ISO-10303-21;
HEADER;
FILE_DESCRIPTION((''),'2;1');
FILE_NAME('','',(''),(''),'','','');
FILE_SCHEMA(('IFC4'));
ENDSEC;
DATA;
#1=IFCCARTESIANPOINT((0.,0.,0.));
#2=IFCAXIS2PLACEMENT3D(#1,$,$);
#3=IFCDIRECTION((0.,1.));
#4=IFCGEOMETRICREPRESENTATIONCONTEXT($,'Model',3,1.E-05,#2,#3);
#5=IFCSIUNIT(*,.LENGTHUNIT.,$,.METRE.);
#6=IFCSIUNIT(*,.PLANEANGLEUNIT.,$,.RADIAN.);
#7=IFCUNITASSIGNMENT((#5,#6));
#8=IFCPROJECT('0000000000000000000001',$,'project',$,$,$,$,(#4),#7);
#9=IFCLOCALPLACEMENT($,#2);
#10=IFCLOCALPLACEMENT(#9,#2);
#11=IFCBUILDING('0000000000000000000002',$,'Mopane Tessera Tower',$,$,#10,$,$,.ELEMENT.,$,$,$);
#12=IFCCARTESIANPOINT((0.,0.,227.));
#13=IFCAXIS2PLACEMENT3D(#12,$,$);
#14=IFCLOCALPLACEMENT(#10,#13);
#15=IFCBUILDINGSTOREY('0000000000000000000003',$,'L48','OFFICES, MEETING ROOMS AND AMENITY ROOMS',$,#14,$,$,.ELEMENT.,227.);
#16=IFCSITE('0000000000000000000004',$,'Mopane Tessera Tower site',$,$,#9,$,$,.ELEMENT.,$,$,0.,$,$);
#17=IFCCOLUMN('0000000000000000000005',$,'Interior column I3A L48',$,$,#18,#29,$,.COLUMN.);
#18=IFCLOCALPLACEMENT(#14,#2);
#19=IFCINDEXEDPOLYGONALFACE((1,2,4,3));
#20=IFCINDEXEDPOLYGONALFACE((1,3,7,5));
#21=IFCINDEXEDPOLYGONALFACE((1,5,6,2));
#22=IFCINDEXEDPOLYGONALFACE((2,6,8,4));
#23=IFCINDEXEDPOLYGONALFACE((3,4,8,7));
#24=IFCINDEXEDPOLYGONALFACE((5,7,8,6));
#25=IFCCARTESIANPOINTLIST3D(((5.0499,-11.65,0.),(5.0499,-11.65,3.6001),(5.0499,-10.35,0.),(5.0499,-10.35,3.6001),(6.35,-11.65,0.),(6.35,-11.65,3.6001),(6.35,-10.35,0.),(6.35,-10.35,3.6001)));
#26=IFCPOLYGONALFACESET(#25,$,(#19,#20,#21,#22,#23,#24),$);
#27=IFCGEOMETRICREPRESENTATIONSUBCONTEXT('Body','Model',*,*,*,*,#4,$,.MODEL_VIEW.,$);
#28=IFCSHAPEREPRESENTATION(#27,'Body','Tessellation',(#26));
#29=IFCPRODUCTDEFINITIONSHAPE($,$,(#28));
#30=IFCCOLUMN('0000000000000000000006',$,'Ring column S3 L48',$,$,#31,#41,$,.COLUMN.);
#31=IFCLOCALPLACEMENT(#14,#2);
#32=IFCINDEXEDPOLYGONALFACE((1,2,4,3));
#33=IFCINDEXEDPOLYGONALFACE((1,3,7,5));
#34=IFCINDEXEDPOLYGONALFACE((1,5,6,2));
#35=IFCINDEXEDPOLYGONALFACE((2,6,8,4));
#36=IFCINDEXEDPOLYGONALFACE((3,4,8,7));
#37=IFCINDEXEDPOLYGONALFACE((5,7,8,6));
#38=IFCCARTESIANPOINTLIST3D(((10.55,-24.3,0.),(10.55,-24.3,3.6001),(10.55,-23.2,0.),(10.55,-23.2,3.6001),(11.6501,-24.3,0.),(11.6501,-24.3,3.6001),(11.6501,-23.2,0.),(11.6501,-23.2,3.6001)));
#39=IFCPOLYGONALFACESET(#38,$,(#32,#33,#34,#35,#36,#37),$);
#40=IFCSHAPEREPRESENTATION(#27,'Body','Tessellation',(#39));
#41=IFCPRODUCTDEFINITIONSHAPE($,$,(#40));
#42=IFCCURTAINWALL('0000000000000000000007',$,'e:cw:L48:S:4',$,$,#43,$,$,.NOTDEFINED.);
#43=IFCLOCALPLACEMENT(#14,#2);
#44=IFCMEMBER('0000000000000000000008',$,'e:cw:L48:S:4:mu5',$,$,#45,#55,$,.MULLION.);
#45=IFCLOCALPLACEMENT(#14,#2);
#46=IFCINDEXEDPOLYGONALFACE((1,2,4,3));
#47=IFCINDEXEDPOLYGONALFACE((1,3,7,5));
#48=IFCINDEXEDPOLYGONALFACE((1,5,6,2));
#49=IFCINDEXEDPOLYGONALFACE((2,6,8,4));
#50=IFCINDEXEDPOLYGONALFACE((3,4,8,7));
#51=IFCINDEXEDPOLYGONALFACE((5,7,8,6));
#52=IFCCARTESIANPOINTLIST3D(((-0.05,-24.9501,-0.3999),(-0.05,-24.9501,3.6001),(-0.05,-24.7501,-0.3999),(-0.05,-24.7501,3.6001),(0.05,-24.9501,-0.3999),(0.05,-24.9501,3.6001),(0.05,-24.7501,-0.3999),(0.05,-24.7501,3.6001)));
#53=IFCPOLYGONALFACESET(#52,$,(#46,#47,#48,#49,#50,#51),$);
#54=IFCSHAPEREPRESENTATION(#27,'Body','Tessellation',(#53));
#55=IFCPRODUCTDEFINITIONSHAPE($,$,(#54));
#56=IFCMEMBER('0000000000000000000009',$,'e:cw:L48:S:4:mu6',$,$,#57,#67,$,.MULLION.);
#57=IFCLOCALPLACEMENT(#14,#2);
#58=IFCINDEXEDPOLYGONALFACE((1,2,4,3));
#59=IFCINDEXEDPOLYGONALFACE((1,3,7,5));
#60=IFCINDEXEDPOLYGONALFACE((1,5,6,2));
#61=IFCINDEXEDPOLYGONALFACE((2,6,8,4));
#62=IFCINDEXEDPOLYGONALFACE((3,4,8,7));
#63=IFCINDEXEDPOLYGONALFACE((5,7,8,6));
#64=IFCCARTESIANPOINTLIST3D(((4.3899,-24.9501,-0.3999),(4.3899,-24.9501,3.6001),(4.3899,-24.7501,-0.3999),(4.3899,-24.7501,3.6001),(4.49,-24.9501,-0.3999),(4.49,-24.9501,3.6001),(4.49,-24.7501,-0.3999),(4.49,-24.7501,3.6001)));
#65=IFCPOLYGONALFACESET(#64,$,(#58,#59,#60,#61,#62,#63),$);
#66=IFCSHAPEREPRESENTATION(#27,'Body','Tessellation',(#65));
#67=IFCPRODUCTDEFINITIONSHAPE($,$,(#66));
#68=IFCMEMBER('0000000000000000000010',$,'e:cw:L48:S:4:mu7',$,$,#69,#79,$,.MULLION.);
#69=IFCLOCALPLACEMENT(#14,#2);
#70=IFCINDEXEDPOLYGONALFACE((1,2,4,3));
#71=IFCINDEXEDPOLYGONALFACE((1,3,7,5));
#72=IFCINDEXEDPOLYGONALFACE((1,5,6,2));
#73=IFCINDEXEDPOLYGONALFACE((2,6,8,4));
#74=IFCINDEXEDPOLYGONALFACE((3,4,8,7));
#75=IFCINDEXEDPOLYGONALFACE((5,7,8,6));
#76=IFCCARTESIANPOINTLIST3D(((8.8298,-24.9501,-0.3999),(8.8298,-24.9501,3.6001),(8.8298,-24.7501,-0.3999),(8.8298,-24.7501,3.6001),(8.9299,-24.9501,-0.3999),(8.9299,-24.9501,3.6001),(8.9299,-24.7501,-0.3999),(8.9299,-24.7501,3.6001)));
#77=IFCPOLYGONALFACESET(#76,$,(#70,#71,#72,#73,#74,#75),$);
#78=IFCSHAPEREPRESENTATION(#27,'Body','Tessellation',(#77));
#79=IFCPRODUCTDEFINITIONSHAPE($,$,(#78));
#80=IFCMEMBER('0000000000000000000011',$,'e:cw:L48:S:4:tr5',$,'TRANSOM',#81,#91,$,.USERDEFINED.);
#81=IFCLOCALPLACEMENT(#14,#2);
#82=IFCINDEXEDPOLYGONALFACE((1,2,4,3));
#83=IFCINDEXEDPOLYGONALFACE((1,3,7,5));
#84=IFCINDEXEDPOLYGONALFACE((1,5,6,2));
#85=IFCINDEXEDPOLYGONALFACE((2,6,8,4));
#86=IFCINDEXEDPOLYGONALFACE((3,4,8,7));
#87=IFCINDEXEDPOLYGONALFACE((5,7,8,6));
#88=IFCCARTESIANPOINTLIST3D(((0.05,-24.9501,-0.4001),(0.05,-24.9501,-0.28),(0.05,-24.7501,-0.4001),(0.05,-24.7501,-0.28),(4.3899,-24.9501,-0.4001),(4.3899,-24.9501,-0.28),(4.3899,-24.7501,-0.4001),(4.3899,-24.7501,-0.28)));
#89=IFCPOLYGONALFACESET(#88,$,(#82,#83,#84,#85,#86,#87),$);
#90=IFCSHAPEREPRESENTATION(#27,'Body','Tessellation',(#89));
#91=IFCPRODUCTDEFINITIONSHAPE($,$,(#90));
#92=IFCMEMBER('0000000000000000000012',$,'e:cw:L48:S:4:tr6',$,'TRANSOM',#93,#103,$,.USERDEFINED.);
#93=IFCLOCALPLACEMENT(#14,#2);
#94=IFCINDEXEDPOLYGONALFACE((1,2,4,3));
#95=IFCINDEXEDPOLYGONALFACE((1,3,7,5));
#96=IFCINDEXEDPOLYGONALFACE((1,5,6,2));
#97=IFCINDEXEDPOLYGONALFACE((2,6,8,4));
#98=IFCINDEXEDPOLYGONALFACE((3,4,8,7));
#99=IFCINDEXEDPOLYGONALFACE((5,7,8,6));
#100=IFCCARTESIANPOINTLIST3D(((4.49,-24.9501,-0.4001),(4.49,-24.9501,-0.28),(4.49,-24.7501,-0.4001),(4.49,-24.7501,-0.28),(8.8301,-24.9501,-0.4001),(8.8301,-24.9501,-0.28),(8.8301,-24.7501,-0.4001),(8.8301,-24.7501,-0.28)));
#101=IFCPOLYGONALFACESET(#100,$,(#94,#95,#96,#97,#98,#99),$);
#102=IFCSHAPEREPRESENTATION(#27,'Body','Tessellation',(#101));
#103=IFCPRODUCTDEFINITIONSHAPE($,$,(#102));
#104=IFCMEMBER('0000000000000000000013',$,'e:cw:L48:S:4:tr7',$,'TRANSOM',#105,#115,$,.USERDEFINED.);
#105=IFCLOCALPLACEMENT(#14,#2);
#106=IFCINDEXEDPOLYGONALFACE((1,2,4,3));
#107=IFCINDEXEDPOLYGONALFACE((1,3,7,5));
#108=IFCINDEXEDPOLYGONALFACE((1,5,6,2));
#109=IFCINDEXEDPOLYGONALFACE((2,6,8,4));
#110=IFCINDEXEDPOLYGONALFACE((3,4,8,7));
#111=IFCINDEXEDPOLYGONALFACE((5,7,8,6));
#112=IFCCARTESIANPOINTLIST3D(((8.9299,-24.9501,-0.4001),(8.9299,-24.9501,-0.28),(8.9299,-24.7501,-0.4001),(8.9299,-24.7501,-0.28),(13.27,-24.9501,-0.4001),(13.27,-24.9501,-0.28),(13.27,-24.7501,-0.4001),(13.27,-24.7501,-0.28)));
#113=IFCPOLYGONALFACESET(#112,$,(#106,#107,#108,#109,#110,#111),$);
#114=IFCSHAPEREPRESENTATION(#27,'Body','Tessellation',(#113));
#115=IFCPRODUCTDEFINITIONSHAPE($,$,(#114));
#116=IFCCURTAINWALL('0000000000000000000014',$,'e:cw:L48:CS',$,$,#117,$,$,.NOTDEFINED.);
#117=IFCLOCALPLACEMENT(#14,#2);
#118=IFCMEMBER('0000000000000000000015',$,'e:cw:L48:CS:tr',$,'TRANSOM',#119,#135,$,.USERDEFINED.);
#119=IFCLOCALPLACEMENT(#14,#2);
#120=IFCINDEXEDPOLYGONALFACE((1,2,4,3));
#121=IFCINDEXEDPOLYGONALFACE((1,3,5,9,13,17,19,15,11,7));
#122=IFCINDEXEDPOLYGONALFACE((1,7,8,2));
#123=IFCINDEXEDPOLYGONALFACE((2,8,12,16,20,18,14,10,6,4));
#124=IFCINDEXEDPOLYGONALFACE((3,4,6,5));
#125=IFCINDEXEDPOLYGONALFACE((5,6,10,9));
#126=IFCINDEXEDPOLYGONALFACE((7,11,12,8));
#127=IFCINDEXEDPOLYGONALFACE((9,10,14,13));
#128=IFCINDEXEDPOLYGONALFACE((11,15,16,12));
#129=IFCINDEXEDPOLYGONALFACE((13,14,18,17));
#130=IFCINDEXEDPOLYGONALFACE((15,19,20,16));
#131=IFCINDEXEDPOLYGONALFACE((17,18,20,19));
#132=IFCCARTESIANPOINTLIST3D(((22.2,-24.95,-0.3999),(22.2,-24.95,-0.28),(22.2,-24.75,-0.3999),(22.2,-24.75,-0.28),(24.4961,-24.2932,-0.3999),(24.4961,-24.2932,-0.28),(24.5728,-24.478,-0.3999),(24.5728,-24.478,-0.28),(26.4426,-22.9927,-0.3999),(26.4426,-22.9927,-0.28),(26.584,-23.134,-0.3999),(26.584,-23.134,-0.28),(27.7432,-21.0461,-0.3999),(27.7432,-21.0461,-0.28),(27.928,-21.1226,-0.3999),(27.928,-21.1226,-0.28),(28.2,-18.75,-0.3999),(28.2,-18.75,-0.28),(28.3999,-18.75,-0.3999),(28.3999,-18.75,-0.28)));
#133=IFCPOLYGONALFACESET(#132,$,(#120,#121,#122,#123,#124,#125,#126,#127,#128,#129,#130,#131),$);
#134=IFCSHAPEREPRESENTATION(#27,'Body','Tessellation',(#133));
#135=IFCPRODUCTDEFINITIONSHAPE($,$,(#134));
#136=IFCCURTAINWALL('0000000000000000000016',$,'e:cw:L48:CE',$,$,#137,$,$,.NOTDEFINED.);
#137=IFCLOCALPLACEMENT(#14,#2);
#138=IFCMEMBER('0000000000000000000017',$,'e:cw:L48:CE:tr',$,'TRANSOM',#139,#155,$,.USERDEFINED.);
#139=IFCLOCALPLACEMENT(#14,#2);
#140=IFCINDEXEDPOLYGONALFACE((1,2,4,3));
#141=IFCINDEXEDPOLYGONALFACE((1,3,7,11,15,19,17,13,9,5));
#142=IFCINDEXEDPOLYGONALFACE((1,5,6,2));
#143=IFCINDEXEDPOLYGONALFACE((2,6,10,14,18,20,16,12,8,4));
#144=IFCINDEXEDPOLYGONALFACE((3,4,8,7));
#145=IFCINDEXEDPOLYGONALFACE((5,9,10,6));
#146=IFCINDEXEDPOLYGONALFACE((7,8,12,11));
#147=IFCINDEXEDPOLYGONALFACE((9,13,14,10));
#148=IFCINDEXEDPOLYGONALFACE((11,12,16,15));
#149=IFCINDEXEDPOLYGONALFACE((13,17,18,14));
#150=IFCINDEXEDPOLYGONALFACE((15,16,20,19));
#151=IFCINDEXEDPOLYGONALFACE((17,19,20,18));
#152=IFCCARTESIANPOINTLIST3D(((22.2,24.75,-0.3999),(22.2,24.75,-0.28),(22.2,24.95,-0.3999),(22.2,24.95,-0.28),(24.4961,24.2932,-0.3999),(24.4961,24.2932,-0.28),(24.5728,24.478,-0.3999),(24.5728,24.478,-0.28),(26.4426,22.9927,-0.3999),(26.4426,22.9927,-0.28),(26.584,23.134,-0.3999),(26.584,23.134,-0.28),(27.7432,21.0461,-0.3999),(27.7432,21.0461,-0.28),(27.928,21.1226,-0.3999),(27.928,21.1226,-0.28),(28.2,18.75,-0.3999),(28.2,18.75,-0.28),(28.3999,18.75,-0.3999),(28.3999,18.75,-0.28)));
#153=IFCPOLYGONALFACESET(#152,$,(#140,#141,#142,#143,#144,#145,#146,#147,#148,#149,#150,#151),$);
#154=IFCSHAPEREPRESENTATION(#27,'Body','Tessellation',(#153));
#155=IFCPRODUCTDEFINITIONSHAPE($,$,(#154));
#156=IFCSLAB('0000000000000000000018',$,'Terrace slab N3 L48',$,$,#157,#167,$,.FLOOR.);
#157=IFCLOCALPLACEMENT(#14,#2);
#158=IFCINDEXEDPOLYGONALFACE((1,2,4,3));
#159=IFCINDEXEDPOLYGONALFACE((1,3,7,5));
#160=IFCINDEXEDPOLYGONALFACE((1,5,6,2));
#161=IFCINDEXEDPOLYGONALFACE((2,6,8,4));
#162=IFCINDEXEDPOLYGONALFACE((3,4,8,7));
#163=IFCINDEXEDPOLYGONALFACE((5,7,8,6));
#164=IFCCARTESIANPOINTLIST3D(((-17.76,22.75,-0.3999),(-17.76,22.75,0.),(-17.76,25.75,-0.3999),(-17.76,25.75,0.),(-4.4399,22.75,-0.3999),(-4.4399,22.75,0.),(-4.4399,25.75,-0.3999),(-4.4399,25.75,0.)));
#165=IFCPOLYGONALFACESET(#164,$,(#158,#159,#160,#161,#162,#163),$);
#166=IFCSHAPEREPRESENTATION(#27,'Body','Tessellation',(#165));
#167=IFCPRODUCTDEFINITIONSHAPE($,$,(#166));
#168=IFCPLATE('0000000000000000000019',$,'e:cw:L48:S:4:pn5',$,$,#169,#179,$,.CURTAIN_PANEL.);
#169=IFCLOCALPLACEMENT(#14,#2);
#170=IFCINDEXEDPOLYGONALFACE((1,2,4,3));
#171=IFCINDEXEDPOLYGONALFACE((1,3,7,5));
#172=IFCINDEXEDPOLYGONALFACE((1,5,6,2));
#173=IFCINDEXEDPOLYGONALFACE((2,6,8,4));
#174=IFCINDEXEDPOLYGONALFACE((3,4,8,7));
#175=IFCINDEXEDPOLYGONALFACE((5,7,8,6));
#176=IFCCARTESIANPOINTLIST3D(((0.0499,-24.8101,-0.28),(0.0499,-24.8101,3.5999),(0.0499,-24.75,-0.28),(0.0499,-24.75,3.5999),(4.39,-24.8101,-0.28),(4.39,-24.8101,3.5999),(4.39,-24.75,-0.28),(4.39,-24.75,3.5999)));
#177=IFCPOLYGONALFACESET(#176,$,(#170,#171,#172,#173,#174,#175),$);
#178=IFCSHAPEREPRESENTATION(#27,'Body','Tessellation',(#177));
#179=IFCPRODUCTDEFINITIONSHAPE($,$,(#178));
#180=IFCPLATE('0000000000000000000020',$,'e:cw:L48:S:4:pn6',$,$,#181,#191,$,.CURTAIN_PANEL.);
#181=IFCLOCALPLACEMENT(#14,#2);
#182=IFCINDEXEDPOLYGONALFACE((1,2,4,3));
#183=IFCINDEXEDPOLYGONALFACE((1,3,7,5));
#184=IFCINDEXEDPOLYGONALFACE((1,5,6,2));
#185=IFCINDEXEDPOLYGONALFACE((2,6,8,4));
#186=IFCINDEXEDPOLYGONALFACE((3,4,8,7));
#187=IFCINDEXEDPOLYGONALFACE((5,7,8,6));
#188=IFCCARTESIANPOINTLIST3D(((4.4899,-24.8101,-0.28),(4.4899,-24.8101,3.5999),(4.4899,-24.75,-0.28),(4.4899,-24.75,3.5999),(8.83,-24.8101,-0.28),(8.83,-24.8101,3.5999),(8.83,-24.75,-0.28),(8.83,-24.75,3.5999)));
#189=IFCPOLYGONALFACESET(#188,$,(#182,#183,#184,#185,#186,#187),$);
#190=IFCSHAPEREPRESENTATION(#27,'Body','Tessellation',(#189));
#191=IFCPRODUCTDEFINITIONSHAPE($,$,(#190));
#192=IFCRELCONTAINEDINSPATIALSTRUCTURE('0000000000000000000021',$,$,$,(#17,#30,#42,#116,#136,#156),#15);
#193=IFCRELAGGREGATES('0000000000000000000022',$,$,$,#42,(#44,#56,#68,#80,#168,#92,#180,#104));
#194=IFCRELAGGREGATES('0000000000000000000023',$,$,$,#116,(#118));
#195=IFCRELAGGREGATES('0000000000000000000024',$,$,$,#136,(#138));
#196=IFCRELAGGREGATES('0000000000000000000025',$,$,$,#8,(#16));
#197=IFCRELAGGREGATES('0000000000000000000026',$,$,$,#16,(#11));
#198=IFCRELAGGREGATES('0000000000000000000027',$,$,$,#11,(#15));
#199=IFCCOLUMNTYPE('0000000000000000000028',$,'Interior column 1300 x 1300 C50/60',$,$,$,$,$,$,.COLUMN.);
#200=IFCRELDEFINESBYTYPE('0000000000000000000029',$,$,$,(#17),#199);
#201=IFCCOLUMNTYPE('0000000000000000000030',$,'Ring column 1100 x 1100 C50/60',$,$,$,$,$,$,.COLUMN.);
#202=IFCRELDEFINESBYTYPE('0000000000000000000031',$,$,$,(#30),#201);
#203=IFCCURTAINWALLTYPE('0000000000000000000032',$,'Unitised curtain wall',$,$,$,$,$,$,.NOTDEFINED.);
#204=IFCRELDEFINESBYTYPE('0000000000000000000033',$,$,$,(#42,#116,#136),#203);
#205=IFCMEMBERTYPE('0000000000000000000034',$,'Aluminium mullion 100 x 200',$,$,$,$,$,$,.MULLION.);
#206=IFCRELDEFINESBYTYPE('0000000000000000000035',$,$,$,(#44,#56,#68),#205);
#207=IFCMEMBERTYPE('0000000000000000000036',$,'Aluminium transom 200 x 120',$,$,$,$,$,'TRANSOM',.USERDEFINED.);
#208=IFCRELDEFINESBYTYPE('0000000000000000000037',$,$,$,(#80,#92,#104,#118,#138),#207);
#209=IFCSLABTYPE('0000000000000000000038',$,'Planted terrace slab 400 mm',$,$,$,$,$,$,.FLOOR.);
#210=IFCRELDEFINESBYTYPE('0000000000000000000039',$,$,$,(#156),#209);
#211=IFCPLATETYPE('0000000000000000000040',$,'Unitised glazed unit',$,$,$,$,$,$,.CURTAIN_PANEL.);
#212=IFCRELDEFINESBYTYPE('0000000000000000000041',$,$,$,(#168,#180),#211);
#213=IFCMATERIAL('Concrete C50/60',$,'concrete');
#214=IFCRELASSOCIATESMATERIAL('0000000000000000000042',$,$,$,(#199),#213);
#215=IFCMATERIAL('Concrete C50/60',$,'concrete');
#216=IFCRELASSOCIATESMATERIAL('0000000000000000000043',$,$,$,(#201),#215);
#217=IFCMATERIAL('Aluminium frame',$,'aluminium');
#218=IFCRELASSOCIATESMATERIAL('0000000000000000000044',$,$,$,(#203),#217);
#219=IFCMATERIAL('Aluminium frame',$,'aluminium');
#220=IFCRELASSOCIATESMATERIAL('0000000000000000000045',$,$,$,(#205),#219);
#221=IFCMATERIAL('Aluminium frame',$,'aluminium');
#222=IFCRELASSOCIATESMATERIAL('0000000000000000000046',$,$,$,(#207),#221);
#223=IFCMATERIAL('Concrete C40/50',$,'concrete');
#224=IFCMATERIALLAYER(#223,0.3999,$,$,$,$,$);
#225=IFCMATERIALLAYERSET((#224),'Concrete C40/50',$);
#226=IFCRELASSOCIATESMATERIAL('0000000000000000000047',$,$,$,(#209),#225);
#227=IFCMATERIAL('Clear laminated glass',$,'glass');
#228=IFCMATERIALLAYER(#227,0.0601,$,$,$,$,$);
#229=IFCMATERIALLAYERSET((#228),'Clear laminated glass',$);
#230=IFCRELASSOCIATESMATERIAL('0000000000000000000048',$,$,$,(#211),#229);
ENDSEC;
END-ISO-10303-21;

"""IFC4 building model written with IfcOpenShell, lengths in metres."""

from ifc_helpers import new_model, si_unit, direction, frame, origin, origin_2d, place, context, subcontext, project, spatial, polyline, rectangle, outline, extrude, material, layer, layer_set, material_profile, profile_set, type_object, element, aggregate, save


model = new_model("IFC4")

# Units and contexts
model_context = context("Model", 3, precision=1e-05, world=origin(), true_north=direction((0.0, 1.0)))
body_context = subcontext(model_context, "Body", "Model", "MODEL_VIEW")
ifc_project = project(units=[si_unit("LENGTHUNIT", "METRE"), si_unit("PLANEANGLEUNIT", "RADIAN")], contexts=[model_context])

# Site, building, storey
site_placement = place(None, origin())
site = spatial("IfcSite", under=ifc_project, at=site_placement, Name="Mopane Tessera Tower site", CompositionType="ELEMENT", RefElevation=0.0)
building_placement = place(site_placement, origin())
building = spatial("IfcBuilding", under=site, at=building_placement, Name="Mopane Tessera Tower", CompositionType="ELEMENT")
storey_placement = place(building_placement, frame((0.0, 0.0, 227.0)))
storey = spatial("IfcBuildingStorey", under=building, at=storey_placement, Name="L48", Description="OFFICES, MEETING ROOMS AND AMENITY ROOMS", CompositionType="ELEMENT", Elevation=227.0)

# Columns
ifc_material_1 = material(Name="Concrete C50/60", Category="concrete")
ifc_material_profile_1 = material_profile(ifc_material_1, rectangle(XDim=1.3, YDim=1.3, at=origin_2d()))
ifc_profile_set_1 = profile_set([ifc_material_profile_1], Name="Concrete C50/60")
column_type_1 = type_object("IfcColumnType", Name="Interior column 1300 x 1300 C50/60", PredefinedType="COLUMN", material=ifc_profile_set_1)
column_1_placement = place(storey_placement, frame((5.7, -11.0, 0.0), z_axis=(0.0, 0.0, 1.0), x_axis=(1.0, 0.0, 0.0)))
element("IfcColumn", 1, at=column_1_placement, inside=storey, type_object=column_type_1, Name="Interior column I3A L48", PredefinedType="COLUMN", context=body_context, shape_type="SweptSolid", body=[
    extrude(rectangle(XDim=1.3, YDim=1.3, at=origin_2d()), origin(), (0.0, 0.0, 1.0), 3.6001),
])
ifc_material_2 = material(Name="Concrete C50/60", Category="concrete")
ifc_material_profile_2 = material_profile(ifc_material_2, rectangle(XDim=1.1001, YDim=1.1001, at=origin_2d()))
ifc_profile_set_2 = profile_set([ifc_material_profile_2], Name="Concrete C50/60")
column_type_2 = type_object("IfcColumnType", Name="Ring column 1100 x 1100 C50/60", PredefinedType="COLUMN", material=ifc_profile_set_2)
column_2_placement = place(storey_placement, frame((11.1001, -23.75, 0.0), z_axis=(0.0, 0.0, 1.0), x_axis=(1.0, 0.0, 0.0)))
element("IfcColumn", 2, at=column_2_placement, inside=storey, type_object=column_type_2, Name="Ring column S3 L48", PredefinedType="COLUMN", context=body_context, shape_type="SweptSolid", body=[
    extrude(rectangle(XDim=1.1001, YDim=1.1001, at=origin_2d()), origin(), (0.0, 0.0, 1.0), 3.6001),
])

# Curtain wall, members
ifc_material_3 = material(Name="Aluminium frame", Category="aluminium")
curtain_wall_type = type_object("IfcCurtainWallType", Name="Unitised curtain wall", PredefinedType="NOTDEFINED", material=ifc_material_3)
curtain_wall_1_placement = place(storey_placement, origin())
curtain_wall_1 = element("IfcCurtainWall", 3, at=curtain_wall_1_placement, inside=storey, type_object=curtain_wall_type, Name="e:cw:L48:S:4", PredefinedType="NOTDEFINED")
ifc_material_4 = material(Name="Aluminium frame", Category="aluminium")
ifc_material_profile_3 = material_profile(ifc_material_4, rectangle(XDim=0.1001, YDim=0.2, at=origin_2d()))
ifc_profile_set_3 = profile_set([ifc_material_profile_3], Name="Aluminium frame")
member_type_1 = type_object("IfcMemberType", Name="Aluminium mullion 100 x 200", PredefinedType="MULLION", material=ifc_profile_set_3)
member_1_placement = place(storey_placement, frame((0.0, -24.8501, -0.3999), z_axis=(0.0, 0.0, 1.0), x_axis=(1.0, 0.0, 0.0)))
member_1 = element("IfcMember", 4, at=member_1_placement, type_object=member_type_1, Name="e:cw:L48:S:4:mu5", PredefinedType="MULLION", context=body_context, shape_type="SweptSolid", body=[
    extrude(rectangle(XDim=0.1001, YDim=0.2, at=origin_2d()), origin(), (0.0, 0.0, 1.0), 4.0),
])
member_2_placement = place(storey_placement, frame((4.4399, -24.8501, -0.3999), z_axis=(0.0, 0.0, 1.0), x_axis=(1.0, 0.0, 0.0)))
member_2 = element("IfcMember", 5, at=member_2_placement, type_object=member_type_1, Name="e:cw:L48:S:4:mu6", PredefinedType="MULLION", context=body_context, shape_type="SweptSolid", body=[
    extrude(rectangle(XDim=0.1001, YDim=0.2, at=origin_2d()), origin(), (0.0, 0.0, 1.0), 4.0),
])
member_3_placement = place(storey_placement, frame((8.8799, -24.8501, -0.3999), z_axis=(0.0, 0.0, 1.0), x_axis=(1.0, 0.0, 0.0)))
member_3 = element("IfcMember", 6, at=member_3_placement, type_object=member_type_1, Name="e:cw:L48:S:4:mu7", PredefinedType="MULLION", context=body_context, shape_type="SweptSolid", body=[
    extrude(rectangle(XDim=0.1001, YDim=0.2, at=origin_2d()), origin(), (0.0, 0.0, 1.0), 4.0),
])
ifc_material_5 = material(Name="Aluminium frame", Category="aluminium")
ifc_material_profile_4 = material_profile(ifc_material_5, rectangle(XDim=0.2, YDim=0.1201, at=origin_2d()))
ifc_profile_set_4 = profile_set([ifc_material_profile_4], Name="Aluminium frame")
member_type_2 = type_object("IfcMemberType", Name="Aluminium transom 200 x 120", ElementType="TRANSOM", PredefinedType="USERDEFINED", material=ifc_profile_set_4)
member_4_placement = place(storey_placement, frame((0.05, -24.8501, -0.3401), z_axis=(1.0, 0.0, 0.0), x_axis=(0.0, 1.0, 0.0)))
member_4 = element("IfcMember", 7, at=member_4_placement, type_object=member_type_2, Name="e:cw:L48:S:4:tr5", ObjectType="TRANSOM", PredefinedType="USERDEFINED", context=body_context, shape_type="SweptSolid", body=[
    extrude(rectangle(XDim=0.2, YDim=0.1201, at=origin_2d()), origin(), (0.0, 0.0, 1.0), 4.3398),
])
member_5_placement = place(storey_placement, frame((4.49, -24.8501, -0.3401), z_axis=(1.0, 0.0, 0.0), x_axis=(0.0, 1.0, 0.0)))
member_5 = element("IfcMember", 8, at=member_5_placement, type_object=member_type_2, Name="e:cw:L48:S:4:tr6", ObjectType="TRANSOM", PredefinedType="USERDEFINED", context=body_context, shape_type="SweptSolid", body=[
    extrude(rectangle(XDim=0.2, YDim=0.1201, at=origin_2d()), origin(), (0.0, 0.0, 1.0), 4.3401),
])
member_6_placement = place(storey_placement, frame((8.9299, -24.8501, -0.3401), z_axis=(1.0, 0.0, 0.0), x_axis=(0.0, 1.0, 0.0)))
member_6 = element("IfcMember", 9, at=member_6_placement, type_object=member_type_2, Name="e:cw:L48:S:4:tr7", ObjectType="TRANSOM", PredefinedType="USERDEFINED", context=body_context, shape_type="SweptSolid", body=[
    extrude(rectangle(XDim=0.2, YDim=0.1201, at=origin_2d()), origin(), (0.0, 0.0, 1.0), 4.3401),
])

# Curtain walls, members
curtain_wall_2_placement = place(storey_placement, origin())
curtain_wall_2 = element("IfcCurtainWall", 10, at=curtain_wall_2_placement, inside=storey, type_object=curtain_wall_type, Name="e:cw:L48:CS", PredefinedType="NOTDEFINED")
member_7_placement = place(storey_placement, frame((0.0, 0.0, -0.3999)))
member_7 = element("IfcMember", 11, at=member_7_placement, type_object=member_type_2, Name="e:cw:L48:CS:tr", ObjectType="TRANSOM", PredefinedType="USERDEFINED", context=body_context, shape_type="SweptSolid", body=[
    extrude(outline(polyline([(22.2, -24.75), (24.4961, -24.2932), (26.4426, -22.9927), (27.7432, -21.0461), (28.2, -18.75), (28.3999, -18.75), (27.928, -21.1226), (26.584, -23.134), (24.5728, -24.478), (22.2, -24.95), (22.2, -24.75)])), origin(), (0.0, 0.0, 1.0), 0.1199),
])
curtain_wall_3_placement = place(storey_placement, origin())
curtain_wall_3 = element("IfcCurtainWall", 12, at=curtain_wall_3_placement, inside=storey, type_object=curtain_wall_type, Name="e:cw:L48:CE", PredefinedType="NOTDEFINED")
member_8_placement = place(storey_placement, frame((0.0, 0.0, -0.3999)))
member_8 = element("IfcMember", 13, at=member_8_placement, type_object=member_type_2, Name="e:cw:L48:CE:tr", ObjectType="TRANSOM", PredefinedType="USERDEFINED", context=body_context, shape_type="SweptSolid", body=[
    extrude(outline(polyline([(28.2, 18.75), (27.7432, 21.0461), (26.4426, 22.9927), (24.4961, 24.2932), (22.2, 24.75), (22.2, 24.95), (24.5728, 24.478), (26.584, 23.134), (27.928, 21.1226), (28.3999, 18.75), (28.2, 18.75)])), origin(), (0.0, 0.0, 1.0), 0.1199),
])

# Slab
ifc_material_6 = material(Name="Concrete C40/50", Category="concrete")
ifc_layer_1 = layer(ifc_material_6, 0.3999)
ifc_layer_set_1 = layer_set([ifc_layer_1], Name="Concrete C40/50")
slab_type = type_object("IfcSlabType", Name="Planted terrace slab 400 mm", PredefinedType="FLOOR", material=ifc_layer_set_1)
slab_placement = place(storey_placement, frame((0.0, 0.0, -0.3999)))
element("IfcSlab", 14, at=slab_placement, inside=storey, type_object=slab_type, Name="Terrace slab N3 L48", PredefinedType="FLOOR", context=body_context, shape_type="SweptSolid", body=[
    extrude(outline(polyline([(-17.76, 25.75), (-17.76, 22.75), (-4.4399, 22.75), (-4.4399, 25.75), (-17.76, 25.75)])), origin(), (0.0, 0.0, 1.0), 0.3999),
])

# Plates
ifc_material_7 = material(Name="Clear laminated glass", Category="glass")
ifc_layer_2 = layer(ifc_material_7, 0.0601)
ifc_layer_set_2 = layer_set([ifc_layer_2], Name="Clear laminated glass")
plate_type = type_object("IfcPlateType", Name="Unitised glazed unit", PredefinedType="CURTAIN_PANEL", material=ifc_layer_set_2)
plate_1_placement = place(storey_placement, frame((2.22, -24.78, -0.28), z_axis=(0.0, 0.0, 1.0), x_axis=(1.0, 0.0, 0.0)))
plate_1 = element("IfcPlate", 15, at=plate_1_placement, type_object=plate_type, Name="e:cw:L48:S:4:pn5", PredefinedType="CURTAIN_PANEL", context=body_context, shape_type="SweptSolid", body=[
    extrude(rectangle(XDim=4.3401, YDim=0.0601, at=origin_2d()), origin(), (0.0, 0.0, 1.0), 3.8799),
])
plate_2_placement = place(storey_placement, frame((6.6599, -24.78, -0.28), z_axis=(0.0, 0.0, 1.0), x_axis=(1.0, 0.0, 0.0)))
plate_2 = element("IfcPlate", 16, at=plate_2_placement, type_object=plate_type, Name="e:cw:L48:S:4:pn6", PredefinedType="CURTAIN_PANEL", context=body_context, shape_type="SweptSolid", body=[
    extrude(rectangle(XDim=4.3401, YDim=0.0601, at=origin_2d()), origin(), (0.0, 0.0, 1.0), 3.8799),
])
aggregate(curtain_wall_1, [member_1, member_2, member_3, member_4, plate_1, member_5, plate_2, member_6])
aggregate(curtain_wall_2, [member_7])
aggregate(curtain_wall_3, [member_8])

save(model, "model.ifc")
